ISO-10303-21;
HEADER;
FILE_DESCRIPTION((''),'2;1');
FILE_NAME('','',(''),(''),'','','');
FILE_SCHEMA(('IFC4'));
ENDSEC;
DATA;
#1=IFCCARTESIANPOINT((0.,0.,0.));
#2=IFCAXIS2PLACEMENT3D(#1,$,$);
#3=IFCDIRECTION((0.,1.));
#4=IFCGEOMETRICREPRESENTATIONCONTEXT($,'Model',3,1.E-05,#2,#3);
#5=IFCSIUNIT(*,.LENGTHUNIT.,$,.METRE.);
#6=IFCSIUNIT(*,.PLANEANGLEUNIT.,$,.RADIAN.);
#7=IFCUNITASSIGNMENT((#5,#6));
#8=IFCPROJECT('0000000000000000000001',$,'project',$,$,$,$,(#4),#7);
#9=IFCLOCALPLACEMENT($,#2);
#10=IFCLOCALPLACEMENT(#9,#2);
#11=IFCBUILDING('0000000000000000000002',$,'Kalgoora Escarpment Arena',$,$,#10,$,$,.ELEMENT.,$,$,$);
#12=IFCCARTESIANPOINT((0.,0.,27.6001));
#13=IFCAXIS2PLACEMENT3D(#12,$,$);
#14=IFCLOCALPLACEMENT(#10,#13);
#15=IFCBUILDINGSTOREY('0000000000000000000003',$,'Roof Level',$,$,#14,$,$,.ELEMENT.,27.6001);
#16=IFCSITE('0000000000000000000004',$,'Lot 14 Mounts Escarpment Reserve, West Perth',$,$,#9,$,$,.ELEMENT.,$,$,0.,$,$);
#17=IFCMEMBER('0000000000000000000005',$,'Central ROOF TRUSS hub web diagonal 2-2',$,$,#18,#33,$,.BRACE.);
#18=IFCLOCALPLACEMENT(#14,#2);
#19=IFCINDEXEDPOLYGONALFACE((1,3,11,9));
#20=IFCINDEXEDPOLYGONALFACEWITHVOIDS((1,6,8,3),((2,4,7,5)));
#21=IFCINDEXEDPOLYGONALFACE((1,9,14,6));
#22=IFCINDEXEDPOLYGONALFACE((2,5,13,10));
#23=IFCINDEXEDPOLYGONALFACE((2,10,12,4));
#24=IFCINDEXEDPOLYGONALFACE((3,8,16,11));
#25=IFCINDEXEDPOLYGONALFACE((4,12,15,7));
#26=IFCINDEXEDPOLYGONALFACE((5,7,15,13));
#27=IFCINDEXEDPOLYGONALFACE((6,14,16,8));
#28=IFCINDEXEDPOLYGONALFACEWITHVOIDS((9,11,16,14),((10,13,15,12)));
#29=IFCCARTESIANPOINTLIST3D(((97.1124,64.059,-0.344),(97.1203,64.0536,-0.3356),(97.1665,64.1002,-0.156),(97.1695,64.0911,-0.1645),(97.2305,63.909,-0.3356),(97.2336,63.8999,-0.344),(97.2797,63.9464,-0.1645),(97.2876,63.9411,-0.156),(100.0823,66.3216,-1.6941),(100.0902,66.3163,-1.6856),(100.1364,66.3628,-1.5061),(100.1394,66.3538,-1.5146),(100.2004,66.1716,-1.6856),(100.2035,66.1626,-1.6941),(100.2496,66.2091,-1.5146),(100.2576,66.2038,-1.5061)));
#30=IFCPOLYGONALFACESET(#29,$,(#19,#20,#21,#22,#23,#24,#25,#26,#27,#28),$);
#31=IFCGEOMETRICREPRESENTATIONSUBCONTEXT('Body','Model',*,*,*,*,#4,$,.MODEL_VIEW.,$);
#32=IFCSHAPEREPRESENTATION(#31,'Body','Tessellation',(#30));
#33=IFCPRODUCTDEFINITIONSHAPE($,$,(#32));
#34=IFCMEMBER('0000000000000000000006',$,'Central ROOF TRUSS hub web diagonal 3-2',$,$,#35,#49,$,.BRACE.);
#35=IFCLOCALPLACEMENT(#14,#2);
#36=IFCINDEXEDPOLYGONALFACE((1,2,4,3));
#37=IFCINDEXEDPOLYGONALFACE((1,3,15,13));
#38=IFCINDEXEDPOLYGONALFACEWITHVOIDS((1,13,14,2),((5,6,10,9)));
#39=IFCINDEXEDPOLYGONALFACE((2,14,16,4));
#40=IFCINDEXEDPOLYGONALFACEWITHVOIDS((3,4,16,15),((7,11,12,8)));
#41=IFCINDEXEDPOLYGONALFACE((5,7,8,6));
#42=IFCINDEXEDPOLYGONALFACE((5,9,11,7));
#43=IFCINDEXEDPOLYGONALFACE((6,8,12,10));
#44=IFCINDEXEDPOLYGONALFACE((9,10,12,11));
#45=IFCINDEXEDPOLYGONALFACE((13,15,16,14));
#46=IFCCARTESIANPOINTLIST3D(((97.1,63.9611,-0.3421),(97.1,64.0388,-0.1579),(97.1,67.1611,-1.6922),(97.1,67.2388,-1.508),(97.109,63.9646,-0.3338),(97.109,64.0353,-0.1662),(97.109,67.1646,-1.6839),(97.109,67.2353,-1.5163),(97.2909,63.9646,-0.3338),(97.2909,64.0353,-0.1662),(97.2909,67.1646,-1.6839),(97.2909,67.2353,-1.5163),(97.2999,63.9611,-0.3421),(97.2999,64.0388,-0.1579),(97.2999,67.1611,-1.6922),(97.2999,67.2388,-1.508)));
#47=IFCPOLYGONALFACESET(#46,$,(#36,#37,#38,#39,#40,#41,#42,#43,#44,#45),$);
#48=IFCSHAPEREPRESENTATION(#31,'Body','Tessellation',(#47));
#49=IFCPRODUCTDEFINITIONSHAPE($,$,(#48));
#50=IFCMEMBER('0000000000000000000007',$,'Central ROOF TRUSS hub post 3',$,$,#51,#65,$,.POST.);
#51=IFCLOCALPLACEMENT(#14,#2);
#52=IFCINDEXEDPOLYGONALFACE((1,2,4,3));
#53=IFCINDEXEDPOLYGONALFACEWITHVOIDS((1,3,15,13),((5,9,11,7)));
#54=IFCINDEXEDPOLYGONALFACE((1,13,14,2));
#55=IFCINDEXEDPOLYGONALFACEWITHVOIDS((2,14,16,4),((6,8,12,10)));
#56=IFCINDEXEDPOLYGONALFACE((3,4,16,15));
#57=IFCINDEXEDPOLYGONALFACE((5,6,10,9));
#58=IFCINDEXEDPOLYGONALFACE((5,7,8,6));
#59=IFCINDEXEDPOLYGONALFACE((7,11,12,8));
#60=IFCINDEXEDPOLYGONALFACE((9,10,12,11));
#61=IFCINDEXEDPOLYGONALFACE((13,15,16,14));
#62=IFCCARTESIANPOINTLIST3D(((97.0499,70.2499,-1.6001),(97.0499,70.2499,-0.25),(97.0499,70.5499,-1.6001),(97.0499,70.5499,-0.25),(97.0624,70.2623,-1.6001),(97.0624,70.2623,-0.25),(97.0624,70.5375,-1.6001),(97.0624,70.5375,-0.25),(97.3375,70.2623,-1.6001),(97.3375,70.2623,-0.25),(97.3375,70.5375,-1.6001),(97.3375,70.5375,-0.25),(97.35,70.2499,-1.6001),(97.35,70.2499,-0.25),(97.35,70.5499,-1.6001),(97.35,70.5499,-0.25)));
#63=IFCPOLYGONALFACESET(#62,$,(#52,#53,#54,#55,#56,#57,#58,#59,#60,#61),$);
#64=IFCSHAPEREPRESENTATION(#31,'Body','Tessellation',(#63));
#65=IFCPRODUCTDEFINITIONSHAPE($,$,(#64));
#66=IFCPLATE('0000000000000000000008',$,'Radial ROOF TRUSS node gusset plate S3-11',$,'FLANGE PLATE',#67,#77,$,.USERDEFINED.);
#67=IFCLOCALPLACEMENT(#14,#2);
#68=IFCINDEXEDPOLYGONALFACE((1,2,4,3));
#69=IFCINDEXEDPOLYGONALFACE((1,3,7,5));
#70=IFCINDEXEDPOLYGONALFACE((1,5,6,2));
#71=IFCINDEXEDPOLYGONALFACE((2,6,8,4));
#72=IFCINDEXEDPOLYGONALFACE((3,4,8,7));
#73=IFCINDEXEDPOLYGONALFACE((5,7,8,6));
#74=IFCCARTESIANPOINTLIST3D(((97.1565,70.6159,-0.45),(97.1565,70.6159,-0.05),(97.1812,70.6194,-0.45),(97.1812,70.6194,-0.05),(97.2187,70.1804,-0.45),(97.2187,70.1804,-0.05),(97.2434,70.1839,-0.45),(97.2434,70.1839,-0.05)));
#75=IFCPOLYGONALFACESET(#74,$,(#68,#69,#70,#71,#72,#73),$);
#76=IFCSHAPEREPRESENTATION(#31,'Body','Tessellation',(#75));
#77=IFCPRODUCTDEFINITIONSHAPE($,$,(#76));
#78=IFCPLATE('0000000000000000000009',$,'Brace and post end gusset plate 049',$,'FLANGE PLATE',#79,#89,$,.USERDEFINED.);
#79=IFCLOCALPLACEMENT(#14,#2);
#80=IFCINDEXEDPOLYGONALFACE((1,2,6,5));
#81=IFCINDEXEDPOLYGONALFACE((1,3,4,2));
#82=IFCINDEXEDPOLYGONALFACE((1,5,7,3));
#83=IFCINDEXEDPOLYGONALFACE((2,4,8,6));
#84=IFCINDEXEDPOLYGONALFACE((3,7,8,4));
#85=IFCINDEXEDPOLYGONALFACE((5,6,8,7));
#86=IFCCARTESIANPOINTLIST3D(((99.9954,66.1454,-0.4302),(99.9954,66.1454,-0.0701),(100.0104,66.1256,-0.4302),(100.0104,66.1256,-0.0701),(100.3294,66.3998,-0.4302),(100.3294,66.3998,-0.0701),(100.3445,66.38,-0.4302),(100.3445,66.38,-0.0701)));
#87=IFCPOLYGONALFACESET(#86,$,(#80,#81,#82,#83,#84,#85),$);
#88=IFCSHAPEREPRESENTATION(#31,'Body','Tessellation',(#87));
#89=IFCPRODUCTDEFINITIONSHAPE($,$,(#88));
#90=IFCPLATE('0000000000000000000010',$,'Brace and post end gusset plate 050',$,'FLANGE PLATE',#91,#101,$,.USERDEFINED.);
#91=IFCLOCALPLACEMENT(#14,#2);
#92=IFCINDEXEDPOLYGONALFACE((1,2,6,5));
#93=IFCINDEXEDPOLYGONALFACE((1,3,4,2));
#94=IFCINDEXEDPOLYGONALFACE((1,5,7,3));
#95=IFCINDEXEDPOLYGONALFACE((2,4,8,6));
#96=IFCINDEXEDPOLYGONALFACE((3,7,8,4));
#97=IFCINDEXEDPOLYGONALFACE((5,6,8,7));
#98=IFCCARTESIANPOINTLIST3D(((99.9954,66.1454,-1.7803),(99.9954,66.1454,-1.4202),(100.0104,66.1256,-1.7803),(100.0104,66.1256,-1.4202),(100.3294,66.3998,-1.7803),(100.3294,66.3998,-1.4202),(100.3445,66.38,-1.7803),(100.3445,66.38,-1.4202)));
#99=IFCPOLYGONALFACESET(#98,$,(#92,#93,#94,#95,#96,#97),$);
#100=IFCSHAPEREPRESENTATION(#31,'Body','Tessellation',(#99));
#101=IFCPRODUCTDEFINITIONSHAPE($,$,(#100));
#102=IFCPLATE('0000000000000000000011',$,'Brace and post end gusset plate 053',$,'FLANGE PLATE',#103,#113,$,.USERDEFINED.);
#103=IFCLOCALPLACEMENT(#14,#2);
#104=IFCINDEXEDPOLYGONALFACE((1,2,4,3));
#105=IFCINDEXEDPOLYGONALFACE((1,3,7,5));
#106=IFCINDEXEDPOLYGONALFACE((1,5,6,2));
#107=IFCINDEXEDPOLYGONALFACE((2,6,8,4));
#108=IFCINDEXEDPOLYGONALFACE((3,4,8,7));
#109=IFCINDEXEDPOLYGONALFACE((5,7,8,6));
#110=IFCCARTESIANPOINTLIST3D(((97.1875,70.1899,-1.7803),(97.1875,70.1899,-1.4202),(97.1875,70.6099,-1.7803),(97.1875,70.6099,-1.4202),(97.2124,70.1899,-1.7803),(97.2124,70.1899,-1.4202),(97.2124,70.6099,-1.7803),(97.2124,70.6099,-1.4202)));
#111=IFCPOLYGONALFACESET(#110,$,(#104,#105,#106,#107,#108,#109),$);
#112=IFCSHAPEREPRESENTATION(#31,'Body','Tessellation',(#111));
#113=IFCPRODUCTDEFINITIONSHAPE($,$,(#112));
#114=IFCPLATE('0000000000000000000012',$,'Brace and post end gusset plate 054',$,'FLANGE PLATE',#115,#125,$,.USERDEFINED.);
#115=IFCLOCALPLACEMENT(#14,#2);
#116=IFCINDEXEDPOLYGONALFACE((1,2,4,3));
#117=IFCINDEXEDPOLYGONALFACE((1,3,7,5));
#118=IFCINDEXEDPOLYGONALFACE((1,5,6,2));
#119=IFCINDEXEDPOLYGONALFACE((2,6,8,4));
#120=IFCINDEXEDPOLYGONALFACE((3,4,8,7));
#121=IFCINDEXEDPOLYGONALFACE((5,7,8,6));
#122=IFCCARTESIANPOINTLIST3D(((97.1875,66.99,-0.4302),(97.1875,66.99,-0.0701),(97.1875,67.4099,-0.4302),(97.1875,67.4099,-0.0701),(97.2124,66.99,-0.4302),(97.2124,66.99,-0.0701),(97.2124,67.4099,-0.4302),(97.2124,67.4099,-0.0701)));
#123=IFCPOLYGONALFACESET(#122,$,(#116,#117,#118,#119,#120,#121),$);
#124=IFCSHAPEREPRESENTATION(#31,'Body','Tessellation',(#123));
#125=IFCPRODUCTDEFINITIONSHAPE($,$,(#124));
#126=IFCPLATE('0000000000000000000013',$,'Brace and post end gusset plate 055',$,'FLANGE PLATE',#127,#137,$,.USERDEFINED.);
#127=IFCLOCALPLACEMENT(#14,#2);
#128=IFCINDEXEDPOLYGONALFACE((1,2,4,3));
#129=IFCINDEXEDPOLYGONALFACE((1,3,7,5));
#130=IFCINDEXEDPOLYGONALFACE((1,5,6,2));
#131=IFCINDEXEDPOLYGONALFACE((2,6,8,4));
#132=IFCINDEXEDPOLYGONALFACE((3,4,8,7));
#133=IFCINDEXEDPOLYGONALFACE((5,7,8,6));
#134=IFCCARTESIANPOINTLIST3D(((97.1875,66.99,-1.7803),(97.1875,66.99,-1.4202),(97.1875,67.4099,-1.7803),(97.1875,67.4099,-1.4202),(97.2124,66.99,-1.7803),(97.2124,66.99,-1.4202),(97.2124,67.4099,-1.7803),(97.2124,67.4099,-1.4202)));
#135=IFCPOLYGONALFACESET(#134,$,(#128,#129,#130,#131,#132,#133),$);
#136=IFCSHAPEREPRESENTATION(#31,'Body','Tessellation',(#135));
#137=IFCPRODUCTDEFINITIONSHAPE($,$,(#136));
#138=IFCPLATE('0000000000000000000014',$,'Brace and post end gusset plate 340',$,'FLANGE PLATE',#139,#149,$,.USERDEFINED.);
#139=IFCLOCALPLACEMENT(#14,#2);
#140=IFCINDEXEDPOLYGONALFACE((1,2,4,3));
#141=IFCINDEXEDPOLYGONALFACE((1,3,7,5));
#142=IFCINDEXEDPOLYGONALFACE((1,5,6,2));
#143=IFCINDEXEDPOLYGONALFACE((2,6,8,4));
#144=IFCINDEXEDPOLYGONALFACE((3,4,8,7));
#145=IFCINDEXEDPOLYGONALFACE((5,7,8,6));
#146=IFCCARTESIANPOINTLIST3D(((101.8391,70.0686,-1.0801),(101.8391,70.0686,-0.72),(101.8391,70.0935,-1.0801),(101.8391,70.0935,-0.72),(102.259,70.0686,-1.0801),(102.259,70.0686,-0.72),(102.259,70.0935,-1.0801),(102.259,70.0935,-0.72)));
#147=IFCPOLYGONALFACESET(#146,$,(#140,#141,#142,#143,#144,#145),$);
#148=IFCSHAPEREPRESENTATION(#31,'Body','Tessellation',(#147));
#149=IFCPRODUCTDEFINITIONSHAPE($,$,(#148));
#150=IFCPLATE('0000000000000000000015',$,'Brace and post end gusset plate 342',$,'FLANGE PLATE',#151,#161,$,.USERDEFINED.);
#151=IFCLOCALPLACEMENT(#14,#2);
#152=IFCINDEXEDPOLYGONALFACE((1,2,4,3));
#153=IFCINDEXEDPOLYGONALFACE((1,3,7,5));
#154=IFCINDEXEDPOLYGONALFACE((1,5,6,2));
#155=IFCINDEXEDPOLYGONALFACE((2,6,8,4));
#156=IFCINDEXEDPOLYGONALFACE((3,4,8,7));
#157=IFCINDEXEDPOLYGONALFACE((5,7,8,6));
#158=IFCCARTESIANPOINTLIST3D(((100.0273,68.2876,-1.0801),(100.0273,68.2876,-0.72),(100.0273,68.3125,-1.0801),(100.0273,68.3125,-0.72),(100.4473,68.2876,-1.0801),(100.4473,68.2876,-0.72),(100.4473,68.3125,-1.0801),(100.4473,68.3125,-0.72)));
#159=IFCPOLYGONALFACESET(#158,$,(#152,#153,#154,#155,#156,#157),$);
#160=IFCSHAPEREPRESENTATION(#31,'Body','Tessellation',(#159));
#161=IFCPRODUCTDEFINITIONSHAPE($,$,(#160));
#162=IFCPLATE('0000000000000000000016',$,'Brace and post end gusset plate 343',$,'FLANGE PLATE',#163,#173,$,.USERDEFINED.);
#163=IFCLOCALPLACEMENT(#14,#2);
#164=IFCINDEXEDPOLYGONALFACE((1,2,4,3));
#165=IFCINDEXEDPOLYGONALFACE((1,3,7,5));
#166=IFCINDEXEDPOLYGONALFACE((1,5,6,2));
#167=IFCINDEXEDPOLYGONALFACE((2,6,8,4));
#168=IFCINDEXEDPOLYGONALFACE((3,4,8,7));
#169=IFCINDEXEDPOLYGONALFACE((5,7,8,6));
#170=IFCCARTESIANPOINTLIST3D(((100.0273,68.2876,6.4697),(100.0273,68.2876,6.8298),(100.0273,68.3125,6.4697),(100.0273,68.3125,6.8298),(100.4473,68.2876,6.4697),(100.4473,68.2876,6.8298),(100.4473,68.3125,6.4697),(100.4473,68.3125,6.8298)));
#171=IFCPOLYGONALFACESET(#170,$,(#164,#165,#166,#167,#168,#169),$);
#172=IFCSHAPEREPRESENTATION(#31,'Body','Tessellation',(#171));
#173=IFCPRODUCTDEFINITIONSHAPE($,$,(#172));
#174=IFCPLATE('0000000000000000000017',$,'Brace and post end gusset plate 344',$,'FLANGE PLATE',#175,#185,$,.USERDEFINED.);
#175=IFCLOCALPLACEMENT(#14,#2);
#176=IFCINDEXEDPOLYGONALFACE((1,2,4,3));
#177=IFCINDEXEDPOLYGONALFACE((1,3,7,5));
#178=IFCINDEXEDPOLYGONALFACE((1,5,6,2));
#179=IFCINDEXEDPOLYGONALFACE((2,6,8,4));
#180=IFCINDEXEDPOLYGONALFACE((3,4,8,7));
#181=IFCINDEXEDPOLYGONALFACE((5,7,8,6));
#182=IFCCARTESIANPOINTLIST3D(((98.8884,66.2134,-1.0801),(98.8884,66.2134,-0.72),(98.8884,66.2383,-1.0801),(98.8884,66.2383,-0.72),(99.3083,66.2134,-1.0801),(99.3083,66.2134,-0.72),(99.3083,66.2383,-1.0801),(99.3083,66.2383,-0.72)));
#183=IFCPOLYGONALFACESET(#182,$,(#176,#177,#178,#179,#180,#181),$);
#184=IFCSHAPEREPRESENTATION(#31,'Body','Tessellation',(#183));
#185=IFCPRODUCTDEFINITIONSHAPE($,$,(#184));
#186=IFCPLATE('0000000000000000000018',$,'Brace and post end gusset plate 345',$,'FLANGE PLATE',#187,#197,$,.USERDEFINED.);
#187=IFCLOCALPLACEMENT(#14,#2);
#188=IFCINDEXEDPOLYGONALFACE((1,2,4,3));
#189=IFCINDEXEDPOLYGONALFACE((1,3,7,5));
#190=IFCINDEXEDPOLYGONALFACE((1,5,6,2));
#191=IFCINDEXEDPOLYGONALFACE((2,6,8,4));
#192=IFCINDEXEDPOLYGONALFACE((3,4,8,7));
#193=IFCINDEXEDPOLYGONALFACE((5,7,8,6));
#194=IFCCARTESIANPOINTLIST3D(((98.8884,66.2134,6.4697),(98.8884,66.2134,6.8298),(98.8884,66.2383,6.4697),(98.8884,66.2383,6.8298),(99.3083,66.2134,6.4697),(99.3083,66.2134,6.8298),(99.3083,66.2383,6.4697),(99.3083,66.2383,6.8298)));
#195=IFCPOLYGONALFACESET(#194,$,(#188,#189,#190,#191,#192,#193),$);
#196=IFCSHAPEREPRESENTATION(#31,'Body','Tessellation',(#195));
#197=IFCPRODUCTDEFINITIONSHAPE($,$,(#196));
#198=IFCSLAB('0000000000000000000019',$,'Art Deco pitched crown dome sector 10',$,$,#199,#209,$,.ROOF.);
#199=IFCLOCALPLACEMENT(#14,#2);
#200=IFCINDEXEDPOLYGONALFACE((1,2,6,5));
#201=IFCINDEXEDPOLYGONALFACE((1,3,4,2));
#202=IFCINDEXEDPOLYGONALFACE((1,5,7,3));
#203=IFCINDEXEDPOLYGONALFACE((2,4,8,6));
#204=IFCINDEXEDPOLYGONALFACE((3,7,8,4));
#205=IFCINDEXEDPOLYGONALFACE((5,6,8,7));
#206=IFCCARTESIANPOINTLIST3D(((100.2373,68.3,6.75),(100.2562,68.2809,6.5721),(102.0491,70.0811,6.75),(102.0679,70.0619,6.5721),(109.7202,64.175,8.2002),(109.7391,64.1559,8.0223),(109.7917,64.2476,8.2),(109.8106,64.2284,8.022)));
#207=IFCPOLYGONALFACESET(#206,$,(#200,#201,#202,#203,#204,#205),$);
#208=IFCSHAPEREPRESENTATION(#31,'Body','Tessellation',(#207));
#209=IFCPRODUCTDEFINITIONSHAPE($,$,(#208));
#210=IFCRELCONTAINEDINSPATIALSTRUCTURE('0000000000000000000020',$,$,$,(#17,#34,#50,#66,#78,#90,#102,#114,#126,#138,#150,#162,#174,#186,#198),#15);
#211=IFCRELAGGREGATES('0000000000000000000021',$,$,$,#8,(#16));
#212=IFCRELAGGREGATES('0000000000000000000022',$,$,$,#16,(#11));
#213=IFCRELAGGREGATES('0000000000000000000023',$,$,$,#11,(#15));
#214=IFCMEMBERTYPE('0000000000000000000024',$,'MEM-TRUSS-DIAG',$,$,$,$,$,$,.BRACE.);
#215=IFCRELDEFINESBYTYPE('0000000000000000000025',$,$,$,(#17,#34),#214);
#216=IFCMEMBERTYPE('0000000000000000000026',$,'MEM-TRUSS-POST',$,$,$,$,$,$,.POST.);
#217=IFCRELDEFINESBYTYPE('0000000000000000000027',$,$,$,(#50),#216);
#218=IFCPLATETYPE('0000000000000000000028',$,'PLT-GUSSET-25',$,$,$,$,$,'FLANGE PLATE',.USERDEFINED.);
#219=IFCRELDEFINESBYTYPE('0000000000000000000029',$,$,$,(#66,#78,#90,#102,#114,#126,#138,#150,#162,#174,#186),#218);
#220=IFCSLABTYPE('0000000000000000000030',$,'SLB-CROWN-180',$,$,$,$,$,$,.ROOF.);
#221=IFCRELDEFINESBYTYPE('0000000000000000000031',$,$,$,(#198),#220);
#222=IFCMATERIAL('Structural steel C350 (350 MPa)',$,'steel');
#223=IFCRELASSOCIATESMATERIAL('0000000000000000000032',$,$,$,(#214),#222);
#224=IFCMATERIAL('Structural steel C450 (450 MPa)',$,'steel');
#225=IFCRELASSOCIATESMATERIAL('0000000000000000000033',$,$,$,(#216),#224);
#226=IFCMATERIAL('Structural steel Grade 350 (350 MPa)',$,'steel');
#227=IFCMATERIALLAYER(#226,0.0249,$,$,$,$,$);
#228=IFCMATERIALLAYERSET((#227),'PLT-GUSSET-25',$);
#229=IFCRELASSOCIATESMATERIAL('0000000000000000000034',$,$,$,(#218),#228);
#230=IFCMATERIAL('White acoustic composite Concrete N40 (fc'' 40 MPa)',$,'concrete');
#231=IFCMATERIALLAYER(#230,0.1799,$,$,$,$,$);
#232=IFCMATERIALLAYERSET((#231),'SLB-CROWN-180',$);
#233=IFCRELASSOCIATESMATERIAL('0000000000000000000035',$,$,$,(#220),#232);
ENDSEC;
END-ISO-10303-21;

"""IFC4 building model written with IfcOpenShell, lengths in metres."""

from ifc_helpers import new_model, si_unit, direction, frame, origin, origin_2d, place, context, subcontext, project, spatial, polyline, rectangle, hollow_rectangle, outline, extrude, material, layer, layer_set, material_profile, profile_set, type_object, element, save


model = new_model("IFC4")

# Units and contexts
model_context = context("Model", 3, precision=1e-05, world=origin(), true_north=direction((0.0, 1.0)))
body_context = subcontext(model_context, "Body", "Model", "MODEL_VIEW")
ifc_project = project(units=[si_unit("LENGTHUNIT", "METRE"), si_unit("PLANEANGLEUNIT", "RADIAN")], contexts=[model_context])

# Site, building, storey
site_placement = place(None, origin())
site = spatial("IfcSite", under=ifc_project, at=site_placement, Name="Lot 14 Mounts Escarpment Reserve, West Perth", CompositionType="ELEMENT", RefElevation=0.0)
building_placement = place(site_placement, origin())
building = spatial("IfcBuilding", under=site, at=building_placement, Name="Kalgoora Escarpment Arena", CompositionType="ELEMENT")
storey_placement = place(building_placement, frame((0.0, 0.0, 27.6001)))
storey = spatial("IfcBuildingStorey", under=building, at=storey_placement, Name="Roof Level", CompositionType="ELEMENT", Elevation=27.6001)

# Members
ifc_material_1 = material(Name="Structural steel C350 (350 MPa)", Category="steel")
ifc_material_profile_1 = material_profile(ifc_material_1, hollow_rectangle(XDim=0.2, YDim=0.2, WallThickness=0.009, at=origin_2d()))
ifc_profile_set_1 = profile_set([ifc_material_profile_1], Name="Structural steel C350 (350 MPa)")
member_type_1 = type_object("IfcMemberType", Name="MEM-TRUSS-DIAG", PredefinedType="BRACE", material=ifc_profile_set_1)
member_1_placement = place(storey_placement, frame((100.1699, 66.2627, -1.6001), z_axis=(-0.748047, -0.569905, 0.340049), x_axis=(0.60602, -0.79545, 0.0)))
element("IfcMember", 1, at=member_1_placement, inside=storey, type_object=member_type_1, Name="Central ROOF TRUSS hub web diagonal 2-2", PredefinedType="BRACE", context=body_context, shape_type="SweptSolid", body=[
    extrude(hollow_rectangle(XDim=0.2, YDim=0.2, WallThickness=0.009, at=origin_2d()), origin(), (0.0, 0.0, 1.0), 3.9702),
])
member_2_placement = place(storey_placement, frame((97.2, 67.2, -1.6001), z_axis=(0.0, -0.921352, 0.388729), x_axis=(1.0, 0.0, 0.0)))
element("IfcMember", 2, at=member_2_placement, inside=storey, type_object=member_type_1, Name="Central ROOF TRUSS hub web diagonal 3-2", PredefinedType="BRACE", context=body_context, shape_type="SweptSolid", body=[
    extrude(hollow_rectangle(XDim=0.2, YDim=0.2, WallThickness=0.009, at=origin_2d()), origin(), (0.0, 0.0, 1.0), 3.4731),
])
ifc_material_2 = material(Name="Structural steel C450 (450 MPa)", Category="steel")
ifc_material_profile_2 = material_profile(ifc_material_2, hollow_rectangle(XDim=0.3, YDim=0.3, WallThickness=0.0125, at=origin_2d()))
ifc_profile_set_2 = profile_set([ifc_material_profile_2], Name="Structural steel C450 (450 MPa)")
member_type_2 = type_object("IfcMemberType", Name="MEM-TRUSS-POST", PredefinedType="POST", material=ifc_profile_set_2)
member_3_placement = place(storey_placement, frame((97.2, 70.3999, -1.6001), z_axis=(0.0, 0.0, 1.0), x_axis=(1.0, 0.0, 0.0)))
element("IfcMember", 3, at=member_3_placement, inside=storey, type_object=member_type_2, Name="Central ROOF TRUSS hub post 3", PredefinedType="POST", context=body_context, shape_type="SweptSolid", body=[
    extrude(hollow_rectangle(XDim=0.3, YDim=0.3, WallThickness=0.0125, at=origin_2d()), origin(), (0.0, 0.0, 1.0), 1.3501),
])

# Plates
ifc_material_3 = material(Name="Structural steel Grade 350 (350 MPa)", Category="steel")
ifc_layer_1 = layer(ifc_material_3, 0.0249)
ifc_layer_set_1 = layer_set([ifc_layer_1], Name="PLT-GUSSET-25")
plate_type = type_object("IfcPlateType", Name="PLT-GUSSET-25", ElementType="FLANGE PLATE", PredefinedType="USERDEFINED", material=ifc_layer_set_1)
plate_placement = place(storey_placement, frame((97.2, 70.3999, -0.45), z_axis=(0.0, 0.0, 1.0), x_axis=(0.14142, -0.98995, 0.0)))
element("IfcPlate", 4, at=plate_placement, inside=storey, type_object=plate_type, Name="Radial ROOF TRUSS node gusset plate S3-11", ObjectType="FLANGE PLATE", PredefinedType="USERDEFINED", context=body_context, shape_type="SweptSolid", body=[
    extrude(rectangle(XDim=0.4399, YDim=0.0249, at=origin_2d()), origin(), (0.0, 0.0, 1.0), 0.3999),
])
for number, where, z_axis, x_axis, name in (
    (5, (100.1699, 66.2627, -0.4302), (0.0, 0.0, 1.0), (-0.795473, -0.605988, 0.0), "Brace and post end gusset plate 049"),
    (6, (100.1699, 66.2627, -1.7803), (0.0, 0.0, 1.0), (-0.795473, -0.605988, 0.0), "Brace and post end gusset plate 050"),
    (7, (97.2, 70.3999, -1.7803), (0.0, 0.0, 1.0), (0.0, -1.0, 0.0), "Brace and post end gusset plate 053"),
    (8, (97.2, 67.2, -0.4302), (0.0, 0.0, 1.0), (0.0, -1.0, 0.0), "Brace and post end gusset plate 054"),
    (9, (97.2, 67.2, -1.7803), (0.0, 0.0, 1.0), (0.0, -1.0, 0.0), "Brace and post end gusset plate 055"),
    (10, (102.0491, 70.0811, -1.0801), (0.0, 0.0, 1.0), (1.0, 0.0, 0.0), "Brace and post end gusset plate 340"),
    (11, (100.2373, 68.3, -1.0801), (0.0, 0.0, 1.0), (1.0, 0.0, 0.0), "Brace and post end gusset plate 342"),
    (12, (100.2373, 68.3, 6.4697), (0.0, 0.0, 1.0), (1.0, 0.0, 0.0), "Brace and post end gusset plate 343"),
    (13, (99.0984, 66.2258, -1.0801), (0.0, 0.0, 1.0), (1.0, 0.0, 0.0), "Brace and post end gusset plate 344"),
    (14, (99.0984, 66.2258, 6.4697), (0.0, 0.0, 1.0), (1.0, 0.0, 0.0), "Brace and post end gusset plate 345"),
):
    element("IfcPlate", number, at=place(storey_placement, frame(where, z_axis=z_axis, x_axis=x_axis)), inside=storey, type_object=plate_type, Name=name, ObjectType="FLANGE PLATE", PredefinedType="USERDEFINED", context=body_context, shape_type="SweptSolid", body=[
        extrude(rectangle(XDim=0.4199, YDim=0.0249, at=origin_2d()), origin(), (0.0, 0.0, 1.0), 0.3601),
    ])

# Slab
ifc_material_4 = material(Name="White acoustic composite Concrete N40 (fc' 40 MPa)", Category="concrete")
ifc_layer_2 = layer(ifc_material_4, 0.1799)
ifc_layer_set_2 = layer_set([ifc_layer_2], Name="SLB-CROWN-180")
slab_type = type_object("IfcSlabType", Name="SLB-CROWN-180", PredefinedType="ROOF", material=ifc_layer_set_2)
slab_1_placement = place(storey_placement, frame((102.0491, 70.0811, 6.75), z_axis=(-0.104821, 0.106636, 0.988757), x_axis=(-0.713135, -0.701026, 0.000003)))
element("IfcSlab", 15, at=slab_1_placement, inside=storey, type_object=slab_type, Name="Art Deco pitched crown dome sector 10", PredefinedType="ROOF", context=body_context, shape_type="SweptSolid", body=[
    extrude(outline(polyline([(0.0, 0.0), (2.5406, 0.0), (-1.3303, 9.6985), (-1.4321, 9.6969), (0.0, 0.0)])), origin(), (0.0, 0.0, -1.0), 0.1799),
])

save(model, "model.ifc")
